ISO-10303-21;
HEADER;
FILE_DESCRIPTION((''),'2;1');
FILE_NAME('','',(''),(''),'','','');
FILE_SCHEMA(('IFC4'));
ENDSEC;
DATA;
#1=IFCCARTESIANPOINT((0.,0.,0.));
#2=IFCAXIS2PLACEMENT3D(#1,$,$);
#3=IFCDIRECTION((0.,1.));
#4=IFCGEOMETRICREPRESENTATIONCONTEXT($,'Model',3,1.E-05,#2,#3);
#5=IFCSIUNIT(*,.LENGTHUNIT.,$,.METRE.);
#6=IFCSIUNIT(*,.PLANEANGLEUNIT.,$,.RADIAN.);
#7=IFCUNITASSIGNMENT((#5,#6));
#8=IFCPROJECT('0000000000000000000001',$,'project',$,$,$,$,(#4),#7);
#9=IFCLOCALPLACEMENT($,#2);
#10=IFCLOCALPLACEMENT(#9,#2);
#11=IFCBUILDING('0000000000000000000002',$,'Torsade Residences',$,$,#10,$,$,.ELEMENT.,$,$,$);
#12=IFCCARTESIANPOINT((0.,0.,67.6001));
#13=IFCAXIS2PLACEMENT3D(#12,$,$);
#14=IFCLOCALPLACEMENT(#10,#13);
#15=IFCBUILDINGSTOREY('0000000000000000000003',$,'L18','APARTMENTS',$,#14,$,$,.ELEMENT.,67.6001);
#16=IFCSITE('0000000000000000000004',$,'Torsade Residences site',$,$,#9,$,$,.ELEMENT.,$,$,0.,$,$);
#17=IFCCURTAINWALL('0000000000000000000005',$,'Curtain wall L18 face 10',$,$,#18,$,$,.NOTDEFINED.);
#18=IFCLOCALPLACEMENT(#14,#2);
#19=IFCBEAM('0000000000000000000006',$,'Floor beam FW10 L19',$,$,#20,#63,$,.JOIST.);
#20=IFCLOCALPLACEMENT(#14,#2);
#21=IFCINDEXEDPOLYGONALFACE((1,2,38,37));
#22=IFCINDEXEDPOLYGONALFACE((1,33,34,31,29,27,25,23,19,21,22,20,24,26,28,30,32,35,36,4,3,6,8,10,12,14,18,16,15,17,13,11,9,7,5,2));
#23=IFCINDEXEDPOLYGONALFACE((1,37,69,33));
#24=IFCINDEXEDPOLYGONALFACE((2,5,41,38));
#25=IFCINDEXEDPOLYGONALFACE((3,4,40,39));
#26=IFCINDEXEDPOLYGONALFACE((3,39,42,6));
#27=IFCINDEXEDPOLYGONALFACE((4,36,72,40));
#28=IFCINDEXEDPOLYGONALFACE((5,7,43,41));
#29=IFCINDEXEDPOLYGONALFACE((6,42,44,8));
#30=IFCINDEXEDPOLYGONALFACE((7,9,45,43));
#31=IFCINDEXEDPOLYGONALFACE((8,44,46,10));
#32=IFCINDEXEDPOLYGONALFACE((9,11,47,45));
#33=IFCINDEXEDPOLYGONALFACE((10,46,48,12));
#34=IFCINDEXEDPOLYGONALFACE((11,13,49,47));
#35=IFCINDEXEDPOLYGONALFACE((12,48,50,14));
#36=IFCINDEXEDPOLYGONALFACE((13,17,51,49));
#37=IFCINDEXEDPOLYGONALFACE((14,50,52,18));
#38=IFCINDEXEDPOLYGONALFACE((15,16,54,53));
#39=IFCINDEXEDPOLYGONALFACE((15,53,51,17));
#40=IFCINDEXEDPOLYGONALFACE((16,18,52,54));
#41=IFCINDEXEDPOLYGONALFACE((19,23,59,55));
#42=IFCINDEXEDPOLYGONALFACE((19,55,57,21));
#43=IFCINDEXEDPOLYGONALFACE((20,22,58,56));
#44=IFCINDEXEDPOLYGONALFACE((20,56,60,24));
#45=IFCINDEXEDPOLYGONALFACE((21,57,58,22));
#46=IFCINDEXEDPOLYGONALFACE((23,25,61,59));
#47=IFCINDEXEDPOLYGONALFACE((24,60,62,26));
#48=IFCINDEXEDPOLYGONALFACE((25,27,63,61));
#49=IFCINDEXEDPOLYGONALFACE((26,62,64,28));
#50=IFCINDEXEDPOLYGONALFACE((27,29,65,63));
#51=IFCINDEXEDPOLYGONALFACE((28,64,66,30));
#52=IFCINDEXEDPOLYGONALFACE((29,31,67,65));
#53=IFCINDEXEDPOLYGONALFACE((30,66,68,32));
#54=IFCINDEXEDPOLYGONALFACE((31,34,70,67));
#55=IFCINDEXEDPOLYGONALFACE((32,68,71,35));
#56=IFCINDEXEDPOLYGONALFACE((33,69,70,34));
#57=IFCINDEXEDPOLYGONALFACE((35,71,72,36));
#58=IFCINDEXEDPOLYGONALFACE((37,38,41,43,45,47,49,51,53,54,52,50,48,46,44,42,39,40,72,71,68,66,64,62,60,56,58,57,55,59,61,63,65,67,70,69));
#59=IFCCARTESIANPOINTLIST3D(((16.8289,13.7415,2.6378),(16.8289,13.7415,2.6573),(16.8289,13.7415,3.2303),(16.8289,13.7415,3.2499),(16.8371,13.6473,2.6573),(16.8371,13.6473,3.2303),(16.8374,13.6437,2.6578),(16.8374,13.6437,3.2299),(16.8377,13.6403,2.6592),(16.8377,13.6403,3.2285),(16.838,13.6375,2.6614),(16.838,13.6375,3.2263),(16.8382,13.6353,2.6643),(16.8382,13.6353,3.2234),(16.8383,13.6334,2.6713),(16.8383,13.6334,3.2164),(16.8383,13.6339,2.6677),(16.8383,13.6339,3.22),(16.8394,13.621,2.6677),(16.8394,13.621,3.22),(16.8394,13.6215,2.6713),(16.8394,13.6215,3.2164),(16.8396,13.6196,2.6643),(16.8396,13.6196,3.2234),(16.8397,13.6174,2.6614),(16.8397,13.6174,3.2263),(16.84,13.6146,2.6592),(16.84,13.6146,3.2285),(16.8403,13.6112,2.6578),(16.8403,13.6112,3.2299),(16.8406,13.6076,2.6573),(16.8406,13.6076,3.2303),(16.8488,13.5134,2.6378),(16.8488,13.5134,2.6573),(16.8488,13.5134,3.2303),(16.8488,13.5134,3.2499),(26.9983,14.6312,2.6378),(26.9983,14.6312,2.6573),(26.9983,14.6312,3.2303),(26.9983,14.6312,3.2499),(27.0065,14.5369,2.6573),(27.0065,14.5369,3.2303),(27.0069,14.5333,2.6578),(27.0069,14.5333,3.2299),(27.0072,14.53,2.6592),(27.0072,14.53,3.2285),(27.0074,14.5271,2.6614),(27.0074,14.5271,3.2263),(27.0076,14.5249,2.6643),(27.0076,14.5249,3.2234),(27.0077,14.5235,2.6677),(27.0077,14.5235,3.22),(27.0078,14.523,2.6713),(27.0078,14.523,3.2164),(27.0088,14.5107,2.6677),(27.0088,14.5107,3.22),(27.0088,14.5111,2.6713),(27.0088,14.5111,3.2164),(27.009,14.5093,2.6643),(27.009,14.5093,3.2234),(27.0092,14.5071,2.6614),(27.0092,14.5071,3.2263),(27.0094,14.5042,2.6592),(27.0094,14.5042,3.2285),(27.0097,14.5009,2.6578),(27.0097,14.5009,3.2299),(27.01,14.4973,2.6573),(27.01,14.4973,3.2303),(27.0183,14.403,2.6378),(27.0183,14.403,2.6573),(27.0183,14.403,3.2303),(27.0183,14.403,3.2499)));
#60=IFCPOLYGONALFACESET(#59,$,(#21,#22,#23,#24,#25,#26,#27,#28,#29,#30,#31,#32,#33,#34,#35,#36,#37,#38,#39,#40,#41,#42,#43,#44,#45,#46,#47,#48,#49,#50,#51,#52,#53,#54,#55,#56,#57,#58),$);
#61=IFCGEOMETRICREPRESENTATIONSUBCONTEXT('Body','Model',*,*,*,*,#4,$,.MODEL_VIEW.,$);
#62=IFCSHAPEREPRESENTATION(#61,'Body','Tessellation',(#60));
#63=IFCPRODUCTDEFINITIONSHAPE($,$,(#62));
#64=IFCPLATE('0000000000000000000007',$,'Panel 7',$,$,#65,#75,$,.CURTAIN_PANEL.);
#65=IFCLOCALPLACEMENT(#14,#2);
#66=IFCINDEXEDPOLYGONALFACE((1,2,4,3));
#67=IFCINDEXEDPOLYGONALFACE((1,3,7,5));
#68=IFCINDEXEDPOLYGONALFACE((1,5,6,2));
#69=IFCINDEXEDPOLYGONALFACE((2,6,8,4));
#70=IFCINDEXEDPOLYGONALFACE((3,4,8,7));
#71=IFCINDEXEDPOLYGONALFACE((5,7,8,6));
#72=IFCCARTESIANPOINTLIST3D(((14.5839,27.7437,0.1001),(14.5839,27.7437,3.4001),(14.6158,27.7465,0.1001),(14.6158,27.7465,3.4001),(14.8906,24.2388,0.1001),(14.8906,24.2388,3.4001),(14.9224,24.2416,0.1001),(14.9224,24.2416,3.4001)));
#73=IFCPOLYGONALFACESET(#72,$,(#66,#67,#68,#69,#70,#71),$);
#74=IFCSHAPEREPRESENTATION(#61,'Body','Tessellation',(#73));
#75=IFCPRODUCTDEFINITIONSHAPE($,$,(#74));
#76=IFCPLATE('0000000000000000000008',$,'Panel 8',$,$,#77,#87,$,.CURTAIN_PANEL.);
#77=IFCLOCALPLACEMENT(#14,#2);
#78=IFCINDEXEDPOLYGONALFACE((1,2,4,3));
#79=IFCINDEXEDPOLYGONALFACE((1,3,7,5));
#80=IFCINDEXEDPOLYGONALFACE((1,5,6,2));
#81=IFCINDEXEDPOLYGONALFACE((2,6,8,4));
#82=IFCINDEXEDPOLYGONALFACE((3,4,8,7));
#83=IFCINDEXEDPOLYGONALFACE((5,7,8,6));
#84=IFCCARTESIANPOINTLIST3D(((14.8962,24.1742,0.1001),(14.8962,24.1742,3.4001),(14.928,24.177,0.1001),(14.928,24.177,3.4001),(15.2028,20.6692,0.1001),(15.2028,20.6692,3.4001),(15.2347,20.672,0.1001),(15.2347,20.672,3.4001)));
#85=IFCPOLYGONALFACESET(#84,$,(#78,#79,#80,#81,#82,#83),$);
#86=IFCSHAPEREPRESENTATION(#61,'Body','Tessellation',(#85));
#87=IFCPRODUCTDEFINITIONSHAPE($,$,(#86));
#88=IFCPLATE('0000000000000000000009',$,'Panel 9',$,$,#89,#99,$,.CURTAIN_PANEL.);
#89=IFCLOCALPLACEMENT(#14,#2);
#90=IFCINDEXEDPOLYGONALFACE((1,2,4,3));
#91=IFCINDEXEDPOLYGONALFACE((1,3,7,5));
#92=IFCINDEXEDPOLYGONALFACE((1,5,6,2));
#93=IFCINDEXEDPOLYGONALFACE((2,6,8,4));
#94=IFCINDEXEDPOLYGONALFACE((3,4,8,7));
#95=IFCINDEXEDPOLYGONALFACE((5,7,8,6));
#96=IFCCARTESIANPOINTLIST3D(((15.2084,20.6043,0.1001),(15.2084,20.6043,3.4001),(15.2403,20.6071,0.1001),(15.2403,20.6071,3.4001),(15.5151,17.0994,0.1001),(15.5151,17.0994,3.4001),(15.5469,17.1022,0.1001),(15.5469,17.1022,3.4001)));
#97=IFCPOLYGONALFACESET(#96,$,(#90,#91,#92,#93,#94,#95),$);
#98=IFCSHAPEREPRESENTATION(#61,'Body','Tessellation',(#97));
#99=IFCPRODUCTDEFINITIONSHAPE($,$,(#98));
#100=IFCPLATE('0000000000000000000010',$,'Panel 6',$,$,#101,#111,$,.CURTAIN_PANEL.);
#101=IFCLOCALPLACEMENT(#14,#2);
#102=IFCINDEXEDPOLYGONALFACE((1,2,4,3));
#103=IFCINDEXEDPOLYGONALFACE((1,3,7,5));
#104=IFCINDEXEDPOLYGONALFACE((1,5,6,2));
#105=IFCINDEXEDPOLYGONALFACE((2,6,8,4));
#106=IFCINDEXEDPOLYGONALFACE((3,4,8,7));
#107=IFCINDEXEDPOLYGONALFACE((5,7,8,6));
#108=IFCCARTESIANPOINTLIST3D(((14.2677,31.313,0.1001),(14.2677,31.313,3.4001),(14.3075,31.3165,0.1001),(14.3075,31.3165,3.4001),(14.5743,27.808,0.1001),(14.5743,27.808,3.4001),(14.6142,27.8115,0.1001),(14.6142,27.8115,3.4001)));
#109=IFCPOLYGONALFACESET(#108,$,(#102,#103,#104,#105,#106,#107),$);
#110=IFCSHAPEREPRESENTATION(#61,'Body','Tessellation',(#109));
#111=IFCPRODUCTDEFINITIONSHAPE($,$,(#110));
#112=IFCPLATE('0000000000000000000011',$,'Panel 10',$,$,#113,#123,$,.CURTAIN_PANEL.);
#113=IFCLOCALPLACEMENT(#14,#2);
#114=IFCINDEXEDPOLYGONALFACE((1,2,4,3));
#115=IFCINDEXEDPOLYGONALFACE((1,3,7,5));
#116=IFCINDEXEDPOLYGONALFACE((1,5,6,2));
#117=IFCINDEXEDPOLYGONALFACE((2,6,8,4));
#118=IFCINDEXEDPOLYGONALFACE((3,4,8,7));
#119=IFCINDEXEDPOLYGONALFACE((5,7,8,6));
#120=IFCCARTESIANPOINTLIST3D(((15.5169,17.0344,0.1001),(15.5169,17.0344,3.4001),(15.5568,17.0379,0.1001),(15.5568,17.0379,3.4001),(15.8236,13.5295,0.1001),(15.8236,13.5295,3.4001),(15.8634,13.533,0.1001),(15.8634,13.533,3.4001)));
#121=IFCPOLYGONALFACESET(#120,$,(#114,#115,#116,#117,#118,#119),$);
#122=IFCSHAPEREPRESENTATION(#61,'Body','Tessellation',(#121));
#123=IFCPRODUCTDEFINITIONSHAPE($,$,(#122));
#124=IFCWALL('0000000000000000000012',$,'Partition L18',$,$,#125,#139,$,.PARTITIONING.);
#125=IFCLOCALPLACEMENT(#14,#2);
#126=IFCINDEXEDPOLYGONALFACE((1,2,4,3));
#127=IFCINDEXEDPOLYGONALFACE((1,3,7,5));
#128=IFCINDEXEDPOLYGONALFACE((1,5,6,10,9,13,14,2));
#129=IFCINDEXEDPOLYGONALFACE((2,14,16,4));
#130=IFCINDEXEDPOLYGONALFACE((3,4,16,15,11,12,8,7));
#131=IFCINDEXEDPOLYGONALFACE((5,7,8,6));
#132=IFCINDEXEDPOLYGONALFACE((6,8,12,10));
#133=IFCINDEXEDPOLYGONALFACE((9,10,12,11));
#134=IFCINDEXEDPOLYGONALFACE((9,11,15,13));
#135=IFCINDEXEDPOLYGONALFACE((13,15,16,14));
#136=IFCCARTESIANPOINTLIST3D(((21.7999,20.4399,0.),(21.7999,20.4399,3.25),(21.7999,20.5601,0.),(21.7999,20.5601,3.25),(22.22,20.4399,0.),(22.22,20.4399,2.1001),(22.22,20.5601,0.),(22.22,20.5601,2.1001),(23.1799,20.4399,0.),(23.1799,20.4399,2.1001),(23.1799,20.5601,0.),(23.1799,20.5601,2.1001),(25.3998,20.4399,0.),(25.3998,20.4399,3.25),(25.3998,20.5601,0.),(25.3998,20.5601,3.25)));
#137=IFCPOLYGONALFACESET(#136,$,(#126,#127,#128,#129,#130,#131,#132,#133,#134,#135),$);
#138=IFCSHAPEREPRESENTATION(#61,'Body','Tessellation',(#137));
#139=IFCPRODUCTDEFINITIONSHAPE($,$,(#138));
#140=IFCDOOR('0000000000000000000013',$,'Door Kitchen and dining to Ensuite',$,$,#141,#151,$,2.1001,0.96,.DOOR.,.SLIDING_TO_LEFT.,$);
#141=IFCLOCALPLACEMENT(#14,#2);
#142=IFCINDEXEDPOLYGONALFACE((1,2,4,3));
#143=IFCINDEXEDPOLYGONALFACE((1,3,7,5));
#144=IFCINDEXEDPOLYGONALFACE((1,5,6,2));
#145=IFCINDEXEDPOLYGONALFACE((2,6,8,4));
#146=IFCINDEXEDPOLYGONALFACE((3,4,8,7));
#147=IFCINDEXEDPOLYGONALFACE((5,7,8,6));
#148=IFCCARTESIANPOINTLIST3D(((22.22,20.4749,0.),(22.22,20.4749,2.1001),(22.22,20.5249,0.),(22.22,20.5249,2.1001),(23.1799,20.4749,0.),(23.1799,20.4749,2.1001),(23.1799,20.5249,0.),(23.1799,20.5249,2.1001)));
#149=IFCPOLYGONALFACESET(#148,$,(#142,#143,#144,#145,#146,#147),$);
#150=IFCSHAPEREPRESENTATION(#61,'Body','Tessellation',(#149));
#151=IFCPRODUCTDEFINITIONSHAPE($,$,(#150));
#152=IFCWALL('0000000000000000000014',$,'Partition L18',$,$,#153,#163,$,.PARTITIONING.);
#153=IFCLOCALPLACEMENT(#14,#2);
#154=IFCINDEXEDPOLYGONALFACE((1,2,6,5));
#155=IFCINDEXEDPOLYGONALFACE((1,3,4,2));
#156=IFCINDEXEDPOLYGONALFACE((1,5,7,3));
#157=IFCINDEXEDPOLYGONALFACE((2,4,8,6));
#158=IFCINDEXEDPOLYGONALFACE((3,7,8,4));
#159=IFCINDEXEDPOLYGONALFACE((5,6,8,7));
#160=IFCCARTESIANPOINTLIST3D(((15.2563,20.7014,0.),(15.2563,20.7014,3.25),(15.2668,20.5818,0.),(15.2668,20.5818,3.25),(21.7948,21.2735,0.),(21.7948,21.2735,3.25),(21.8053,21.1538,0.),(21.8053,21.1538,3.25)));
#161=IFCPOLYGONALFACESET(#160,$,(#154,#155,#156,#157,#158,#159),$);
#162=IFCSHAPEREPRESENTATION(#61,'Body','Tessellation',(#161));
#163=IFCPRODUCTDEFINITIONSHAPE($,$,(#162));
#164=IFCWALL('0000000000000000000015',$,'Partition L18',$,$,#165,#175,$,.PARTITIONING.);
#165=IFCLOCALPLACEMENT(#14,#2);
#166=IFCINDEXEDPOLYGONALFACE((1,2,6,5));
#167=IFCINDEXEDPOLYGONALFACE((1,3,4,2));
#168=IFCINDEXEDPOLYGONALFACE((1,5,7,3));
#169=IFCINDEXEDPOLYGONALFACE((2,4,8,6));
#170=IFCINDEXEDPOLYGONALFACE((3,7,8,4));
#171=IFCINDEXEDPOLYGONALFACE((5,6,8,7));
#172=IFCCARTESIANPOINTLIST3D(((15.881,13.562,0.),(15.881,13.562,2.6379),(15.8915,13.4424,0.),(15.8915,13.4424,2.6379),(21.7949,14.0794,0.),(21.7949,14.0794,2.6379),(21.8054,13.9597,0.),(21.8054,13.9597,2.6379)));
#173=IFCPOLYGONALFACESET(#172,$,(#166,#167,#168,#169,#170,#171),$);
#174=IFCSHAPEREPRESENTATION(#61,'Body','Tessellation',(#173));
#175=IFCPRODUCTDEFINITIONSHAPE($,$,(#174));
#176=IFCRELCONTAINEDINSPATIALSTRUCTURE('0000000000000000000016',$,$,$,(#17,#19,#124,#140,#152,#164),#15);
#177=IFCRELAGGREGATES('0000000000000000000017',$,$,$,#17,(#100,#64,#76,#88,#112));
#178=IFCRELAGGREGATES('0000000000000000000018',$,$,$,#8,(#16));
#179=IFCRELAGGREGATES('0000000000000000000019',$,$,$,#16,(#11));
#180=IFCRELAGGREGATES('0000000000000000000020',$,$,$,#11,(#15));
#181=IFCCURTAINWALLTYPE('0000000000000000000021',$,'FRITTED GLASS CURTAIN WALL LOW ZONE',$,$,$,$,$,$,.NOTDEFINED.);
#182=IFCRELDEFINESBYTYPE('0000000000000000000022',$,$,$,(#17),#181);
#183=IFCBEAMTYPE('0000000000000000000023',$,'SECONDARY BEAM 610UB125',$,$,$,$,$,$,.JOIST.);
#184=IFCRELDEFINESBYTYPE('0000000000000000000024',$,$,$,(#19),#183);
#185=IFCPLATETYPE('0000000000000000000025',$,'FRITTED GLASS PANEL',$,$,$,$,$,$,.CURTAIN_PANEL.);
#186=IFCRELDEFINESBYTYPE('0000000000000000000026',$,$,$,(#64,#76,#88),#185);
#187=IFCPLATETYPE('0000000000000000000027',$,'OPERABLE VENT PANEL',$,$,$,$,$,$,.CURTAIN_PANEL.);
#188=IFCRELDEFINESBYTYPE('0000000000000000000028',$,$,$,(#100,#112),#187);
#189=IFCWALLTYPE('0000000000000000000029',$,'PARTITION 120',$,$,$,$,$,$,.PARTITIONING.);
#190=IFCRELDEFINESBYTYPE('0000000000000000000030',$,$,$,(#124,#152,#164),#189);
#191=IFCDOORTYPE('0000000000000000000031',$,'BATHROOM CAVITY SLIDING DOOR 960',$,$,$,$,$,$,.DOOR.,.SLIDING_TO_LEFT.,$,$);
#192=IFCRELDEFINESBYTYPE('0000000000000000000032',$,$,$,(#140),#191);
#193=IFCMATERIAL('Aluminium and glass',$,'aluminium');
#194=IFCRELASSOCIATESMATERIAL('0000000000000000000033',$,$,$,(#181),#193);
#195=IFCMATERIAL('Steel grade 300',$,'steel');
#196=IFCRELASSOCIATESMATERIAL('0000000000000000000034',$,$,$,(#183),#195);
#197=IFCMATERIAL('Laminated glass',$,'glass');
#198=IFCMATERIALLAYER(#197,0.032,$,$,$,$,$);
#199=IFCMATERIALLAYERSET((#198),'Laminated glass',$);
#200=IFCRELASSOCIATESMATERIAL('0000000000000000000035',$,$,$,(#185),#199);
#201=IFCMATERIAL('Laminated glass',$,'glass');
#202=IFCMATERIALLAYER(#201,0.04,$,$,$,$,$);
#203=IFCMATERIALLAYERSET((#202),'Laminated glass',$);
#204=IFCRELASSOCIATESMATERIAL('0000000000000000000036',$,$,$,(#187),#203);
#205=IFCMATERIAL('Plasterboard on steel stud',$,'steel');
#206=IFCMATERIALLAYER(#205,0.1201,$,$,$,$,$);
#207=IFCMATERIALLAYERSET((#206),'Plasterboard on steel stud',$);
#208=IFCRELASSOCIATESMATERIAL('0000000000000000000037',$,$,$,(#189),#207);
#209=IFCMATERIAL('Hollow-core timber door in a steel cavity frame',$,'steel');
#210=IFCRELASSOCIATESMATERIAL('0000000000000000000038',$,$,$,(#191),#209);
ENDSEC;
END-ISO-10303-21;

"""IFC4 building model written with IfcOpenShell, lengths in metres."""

from ifc_helpers import new_model, si_unit, direction, frame, frame_2d, origin, origin_2d, place, context, subcontext, project, spatial, rectangle, i_section, extrude, material, layer, layer_set, material_profile, profile_set, type_object, element, fill, aggregate, save


model = new_model("IFC4")

# Units and contexts
model_context = context("Model", 3, precision=1e-05, world=origin(), true_north=direction((0.0, 1.0)))
body_context = subcontext(model_context, "Body", "Model", "MODEL_VIEW")
ifc_project = project(units=[si_unit("LENGTHUNIT", "METRE"), si_unit("PLANEANGLEUNIT", "RADIAN")], contexts=[model_context])

# Site, building, storey
site_placement = place(None, origin())
site = spatial("IfcSite", under=ifc_project, at=site_placement, Name="Torsade Residences site", CompositionType="ELEMENT", RefElevation=0.0)
building_placement = place(site_placement, origin())
building = spatial("IfcBuilding", under=site, at=building_placement, Name="Torsade Residences", CompositionType="ELEMENT")
storey_placement = place(building_placement, frame((0.0, 0.0, 67.6001)))
storey = spatial("IfcBuildingStorey", under=building, at=storey_placement, Name="L18", Description="APARTMENTS", CompositionType="ELEMENT", Elevation=67.6001)

# Curtain wall
ifc_material_1 = material(Name="Aluminium and glass", Category="aluminium")
curtain_wall_type = type_object("IfcCurtainWallType", Name="FRITTED GLASS CURTAIN WALL LOW ZONE", PredefinedType="NOTDEFINED", material=ifc_material_1)
curtain_wall_placement = place(storey_placement, origin())
curtain_wall = element("IfcCurtainWall", 1, at=curtain_wall_placement, inside=storey, type_object=curtain_wall_type, Name="Curtain wall L18 face 10", PredefinedType="NOTDEFINED")

# Beam
ifc_material_2 = material(Name="Steel grade 300", Category="steel")
ifc_material_profile_1 = material_profile(ifc_material_2, i_section(OverallWidth=0.229, OverallDepth=0.6121, WebThickness=0.012, FlangeThickness=0.0195, FilletRadius=0.0139, at=origin_2d()), Name="610UB125")
ifc_profile_set_1 = profile_set([ifc_material_profile_1], Name="Steel grade 300")
beam_type_1 = type_object("IfcBeamType", Name="SECONDARY BEAM 610UB125", PredefinedType="JOIST", material=ifc_profile_set_1)
beam_1_placement = place(storey_placement, frame((16.8389, 13.6274, 2.9438), z_axis=(0.996195, 0.08715, 0.0), x_axis=(-0.08715, 0.996195, 0.0)))
element("IfcBeam", 2, at=beam_1_placement, inside=storey, type_object=beam_type_1, Name="Floor beam FW10 L19", PredefinedType="JOIST", context=body_context, shape_type="SweptSolid", body=[
    extrude(i_section(OverallWidth=0.229, OverallDepth=0.6121, WebThickness=0.012, FlangeThickness=0.0195, FilletRadius=0.0139, at=origin_2d()), origin(), (0.0, 0.0, 1.0), 10.2083),
])

# Plates
ifc_material_3 = material(Name="Laminated glass", Category="glass")
ifc_layer_1 = layer(ifc_material_3, 0.032)
ifc_layer_set_1 = layer_set([ifc_layer_1], Name="Laminated glass")
plate_type_1 = type_object("IfcPlateType", Name="FRITTED GLASS PANEL", PredefinedType="CURTAIN_PANEL", material=ifc_layer_set_1)
plate_1_placement = place(storey_placement, frame((14.7532, 25.9927, 0.1001), z_axis=(0.0, 0.0, 1.0), x_axis=(0.087156, -0.996195, 0.0)))
plate_1 = element("IfcPlate", 3, at=plate_1_placement, type_object=plate_type_1, Name="Panel 7", PredefinedType="CURTAIN_PANEL", context=body_context, shape_type="SweptSolid", body=[
    extrude(rectangle(XDim=3.5183, YDim=0.032, at=origin_2d()), origin(), (0.0, 0.0, 1.0), 3.3),
])
plate_2_placement = place(storey_placement, frame((15.0654, 22.4231, 0.1001), z_axis=(0.0, 0.0, 1.0), x_axis=(0.087156, -0.996195, 0.0)))
plate_2 = element("IfcPlate", 4, at=plate_2_placement, type_object=plate_type_1, Name="Panel 8", PredefinedType="CURTAIN_PANEL", context=body_context, shape_type="SweptSolid", body=[
    extrude(rectangle(XDim=3.5183, YDim=0.032, at=origin_2d()), origin(), (0.0, 0.0, 1.0), 3.3),
])
plate_3_placement = place(storey_placement, frame((15.3777, 18.8533, 0.1001), z_axis=(0.0, 0.0, 1.0), x_axis=(0.087156, -0.996195, 0.0)))
plate_3 = element("IfcPlate", 5, at=plate_3_placement, type_object=plate_type_1, Name="Panel 9", PredefinedType="CURTAIN_PANEL", context=body_context, shape_type="SweptSolid", body=[
    extrude(rectangle(XDim=3.5183, YDim=0.032, at=origin_2d()), origin(), (0.0, 0.0, 1.0), 3.3),
])
ifc_material_4 = material(Name="Laminated glass", Category="glass")
ifc_layer_2 = layer(ifc_material_4, 0.04)
ifc_layer_set_2 = layer_set([ifc_layer_2], Name="Laminated glass")
plate_type_2 = type_object("IfcPlateType", Name="OPERABLE VENT PANEL", PredefinedType="CURTAIN_PANEL", material=ifc_layer_set_2)
plate_4_placement = place(storey_placement, frame((14.4409, 29.5623, 0.1001), z_axis=(0.0, 0.0, 1.0), x_axis=(0.087156, -0.996195, 0.0)))
plate_4 = element("IfcPlate", 6, at=plate_4_placement, type_object=plate_type_2, Name="Panel 6", PredefinedType="CURTAIN_PANEL", context=body_context, shape_type="SweptSolid", body=[
    extrude(rectangle(XDim=3.5183, YDim=0.04, at=origin_2d()), origin(), (0.0, 0.0, 1.0), 3.3),
])
plate_5_placement = place(storey_placement, frame((15.6902, 15.2837, 0.1001), z_axis=(0.0, 0.0, 1.0), x_axis=(0.087156, -0.996195, 0.0)))
plate_5 = element("IfcPlate", 7, at=plate_5_placement, type_object=plate_type_2, Name="Panel 10", PredefinedType="CURTAIN_PANEL", context=body_context, shape_type="SweptSolid", body=[
    extrude(rectangle(XDim=3.5183, YDim=0.04, at=origin_2d()), origin(), (0.0, 0.0, 1.0), 3.3),
])
aggregate(curtain_wall, [plate_4, plate_1, plate_2, plate_3, plate_5])

# Wall, opening, door
ifc_material_5 = material(Name="Plasterboard on steel stud", Category="steel")
ifc_layer_3 = layer(ifc_material_5, 0.1201)
ifc_layer_set_3 = layer_set([ifc_layer_3], Name="Plasterboard on steel stud")
wall_type_1 = type_object("IfcWallType", Name="PARTITION 120", PredefinedType="PARTITIONING", material=ifc_layer_set_3)
wall_1_placement = place(storey_placement, frame((21.8, 20.5, 0.0), z_axis=(0.0, 0.0, 1.0), x_axis=(1.0, 0.0, 0.0)))
wall_1 = element("IfcWall", 8, at=wall_1_placement, inside=storey, type_object=wall_type_1, Name="Partition L18", PredefinedType="PARTITIONING", context=body_context, shape_type="SweptSolid", body=[
    extrude(rectangle(XDim=3.5999, YDim=0.1201, at=frame_2d((1.7998, 0.0))), origin(), (0.0, 0.0, 1.0), 3.25),
])
opening_placement = place(wall_1_placement, frame((0.4199, 0.0, 0.0)))
opening = element("IfcOpeningElement", 9, at=opening_placement, cuts=wall_1, PredefinedType="OPENING", context=body_context, shape_type="SweptSolid", body=[
    extrude(rectangle(XDim=0.96, YDim=2.1001, at=frame_2d((0.48, 1.05))), frame((0.0, 0.0701, 0.0), z_axis=(0.0, -1.0, 0.0), x_axis=(1.0, 0.0, 0.0)), (0.0, 0.0, 1.0), 0.1401),
])
ifc_material_6 = material(Name="Hollow-core timber door in a steel cavity frame", Category="steel")
door_type = type_object("IfcDoorType", Name="BATHROOM CAVITY SLIDING DOOR 960", OperationType="SLIDING_TO_LEFT", PredefinedType="DOOR", material=ifc_material_6)
door_placement = place(opening_placement, origin())
door = element("IfcDoor", 10, at=door_placement, inside=storey, type_object=door_type, Name="Door Kitchen and dining to Ensuite", OperationType="SLIDING_TO_LEFT", OverallHeight=2.1001, OverallWidth=0.96, PredefinedType="DOOR", context=body_context, shape_type="SweptSolid", body=[
    extrude(rectangle(XDim=0.96, YDim=2.1001, at=frame_2d((0.48, 1.05))), frame((0.0, 0.0249, 0.0), z_axis=(0.0, -1.0, 0.0), x_axis=(1.0, 0.0, 0.0)), (0.0, 0.0, 1.0), 0.05),
])
fill(opening, door)

# Walls
wall_2_placement = place(storey_placement, frame((21.8, 21.2136, 0.0), z_axis=(0.0, 0.0, 1.0), x_axis=(-0.996195, -0.087151, 0.0)))
element("IfcWall", 11, at=wall_2_placement, inside=storey, type_object=wall_type_1, Name="Partition L18", PredefinedType="PARTITIONING", context=body_context, shape_type="SweptSolid", body=[
    extrude(rectangle(XDim=6.5635, YDim=0.1201, at=frame_2d((3.2817, 0.0))), origin(), (0.0, 0.0, 1.0), 3.25),
])
wall_3_placement = place(storey_placement, frame((15.8862, 13.5022, 0.0), z_axis=(0.0, 0.0, 1.0), x_axis=(0.996196, 0.087146, 0.0)))
element("IfcWall", 12, at=wall_3_placement, inside=storey, type_object=wall_type_1, Name="Partition L18", PredefinedType="PARTITIONING", context=body_context, shape_type="SweptSolid", body=[
    extrude(rectangle(XDim=5.9365, YDim=0.1201, at=frame_2d((2.9683, 0.0))), origin(), (0.0, 0.0, 1.0), 2.6379),
])

save(model, "model.ifc")
